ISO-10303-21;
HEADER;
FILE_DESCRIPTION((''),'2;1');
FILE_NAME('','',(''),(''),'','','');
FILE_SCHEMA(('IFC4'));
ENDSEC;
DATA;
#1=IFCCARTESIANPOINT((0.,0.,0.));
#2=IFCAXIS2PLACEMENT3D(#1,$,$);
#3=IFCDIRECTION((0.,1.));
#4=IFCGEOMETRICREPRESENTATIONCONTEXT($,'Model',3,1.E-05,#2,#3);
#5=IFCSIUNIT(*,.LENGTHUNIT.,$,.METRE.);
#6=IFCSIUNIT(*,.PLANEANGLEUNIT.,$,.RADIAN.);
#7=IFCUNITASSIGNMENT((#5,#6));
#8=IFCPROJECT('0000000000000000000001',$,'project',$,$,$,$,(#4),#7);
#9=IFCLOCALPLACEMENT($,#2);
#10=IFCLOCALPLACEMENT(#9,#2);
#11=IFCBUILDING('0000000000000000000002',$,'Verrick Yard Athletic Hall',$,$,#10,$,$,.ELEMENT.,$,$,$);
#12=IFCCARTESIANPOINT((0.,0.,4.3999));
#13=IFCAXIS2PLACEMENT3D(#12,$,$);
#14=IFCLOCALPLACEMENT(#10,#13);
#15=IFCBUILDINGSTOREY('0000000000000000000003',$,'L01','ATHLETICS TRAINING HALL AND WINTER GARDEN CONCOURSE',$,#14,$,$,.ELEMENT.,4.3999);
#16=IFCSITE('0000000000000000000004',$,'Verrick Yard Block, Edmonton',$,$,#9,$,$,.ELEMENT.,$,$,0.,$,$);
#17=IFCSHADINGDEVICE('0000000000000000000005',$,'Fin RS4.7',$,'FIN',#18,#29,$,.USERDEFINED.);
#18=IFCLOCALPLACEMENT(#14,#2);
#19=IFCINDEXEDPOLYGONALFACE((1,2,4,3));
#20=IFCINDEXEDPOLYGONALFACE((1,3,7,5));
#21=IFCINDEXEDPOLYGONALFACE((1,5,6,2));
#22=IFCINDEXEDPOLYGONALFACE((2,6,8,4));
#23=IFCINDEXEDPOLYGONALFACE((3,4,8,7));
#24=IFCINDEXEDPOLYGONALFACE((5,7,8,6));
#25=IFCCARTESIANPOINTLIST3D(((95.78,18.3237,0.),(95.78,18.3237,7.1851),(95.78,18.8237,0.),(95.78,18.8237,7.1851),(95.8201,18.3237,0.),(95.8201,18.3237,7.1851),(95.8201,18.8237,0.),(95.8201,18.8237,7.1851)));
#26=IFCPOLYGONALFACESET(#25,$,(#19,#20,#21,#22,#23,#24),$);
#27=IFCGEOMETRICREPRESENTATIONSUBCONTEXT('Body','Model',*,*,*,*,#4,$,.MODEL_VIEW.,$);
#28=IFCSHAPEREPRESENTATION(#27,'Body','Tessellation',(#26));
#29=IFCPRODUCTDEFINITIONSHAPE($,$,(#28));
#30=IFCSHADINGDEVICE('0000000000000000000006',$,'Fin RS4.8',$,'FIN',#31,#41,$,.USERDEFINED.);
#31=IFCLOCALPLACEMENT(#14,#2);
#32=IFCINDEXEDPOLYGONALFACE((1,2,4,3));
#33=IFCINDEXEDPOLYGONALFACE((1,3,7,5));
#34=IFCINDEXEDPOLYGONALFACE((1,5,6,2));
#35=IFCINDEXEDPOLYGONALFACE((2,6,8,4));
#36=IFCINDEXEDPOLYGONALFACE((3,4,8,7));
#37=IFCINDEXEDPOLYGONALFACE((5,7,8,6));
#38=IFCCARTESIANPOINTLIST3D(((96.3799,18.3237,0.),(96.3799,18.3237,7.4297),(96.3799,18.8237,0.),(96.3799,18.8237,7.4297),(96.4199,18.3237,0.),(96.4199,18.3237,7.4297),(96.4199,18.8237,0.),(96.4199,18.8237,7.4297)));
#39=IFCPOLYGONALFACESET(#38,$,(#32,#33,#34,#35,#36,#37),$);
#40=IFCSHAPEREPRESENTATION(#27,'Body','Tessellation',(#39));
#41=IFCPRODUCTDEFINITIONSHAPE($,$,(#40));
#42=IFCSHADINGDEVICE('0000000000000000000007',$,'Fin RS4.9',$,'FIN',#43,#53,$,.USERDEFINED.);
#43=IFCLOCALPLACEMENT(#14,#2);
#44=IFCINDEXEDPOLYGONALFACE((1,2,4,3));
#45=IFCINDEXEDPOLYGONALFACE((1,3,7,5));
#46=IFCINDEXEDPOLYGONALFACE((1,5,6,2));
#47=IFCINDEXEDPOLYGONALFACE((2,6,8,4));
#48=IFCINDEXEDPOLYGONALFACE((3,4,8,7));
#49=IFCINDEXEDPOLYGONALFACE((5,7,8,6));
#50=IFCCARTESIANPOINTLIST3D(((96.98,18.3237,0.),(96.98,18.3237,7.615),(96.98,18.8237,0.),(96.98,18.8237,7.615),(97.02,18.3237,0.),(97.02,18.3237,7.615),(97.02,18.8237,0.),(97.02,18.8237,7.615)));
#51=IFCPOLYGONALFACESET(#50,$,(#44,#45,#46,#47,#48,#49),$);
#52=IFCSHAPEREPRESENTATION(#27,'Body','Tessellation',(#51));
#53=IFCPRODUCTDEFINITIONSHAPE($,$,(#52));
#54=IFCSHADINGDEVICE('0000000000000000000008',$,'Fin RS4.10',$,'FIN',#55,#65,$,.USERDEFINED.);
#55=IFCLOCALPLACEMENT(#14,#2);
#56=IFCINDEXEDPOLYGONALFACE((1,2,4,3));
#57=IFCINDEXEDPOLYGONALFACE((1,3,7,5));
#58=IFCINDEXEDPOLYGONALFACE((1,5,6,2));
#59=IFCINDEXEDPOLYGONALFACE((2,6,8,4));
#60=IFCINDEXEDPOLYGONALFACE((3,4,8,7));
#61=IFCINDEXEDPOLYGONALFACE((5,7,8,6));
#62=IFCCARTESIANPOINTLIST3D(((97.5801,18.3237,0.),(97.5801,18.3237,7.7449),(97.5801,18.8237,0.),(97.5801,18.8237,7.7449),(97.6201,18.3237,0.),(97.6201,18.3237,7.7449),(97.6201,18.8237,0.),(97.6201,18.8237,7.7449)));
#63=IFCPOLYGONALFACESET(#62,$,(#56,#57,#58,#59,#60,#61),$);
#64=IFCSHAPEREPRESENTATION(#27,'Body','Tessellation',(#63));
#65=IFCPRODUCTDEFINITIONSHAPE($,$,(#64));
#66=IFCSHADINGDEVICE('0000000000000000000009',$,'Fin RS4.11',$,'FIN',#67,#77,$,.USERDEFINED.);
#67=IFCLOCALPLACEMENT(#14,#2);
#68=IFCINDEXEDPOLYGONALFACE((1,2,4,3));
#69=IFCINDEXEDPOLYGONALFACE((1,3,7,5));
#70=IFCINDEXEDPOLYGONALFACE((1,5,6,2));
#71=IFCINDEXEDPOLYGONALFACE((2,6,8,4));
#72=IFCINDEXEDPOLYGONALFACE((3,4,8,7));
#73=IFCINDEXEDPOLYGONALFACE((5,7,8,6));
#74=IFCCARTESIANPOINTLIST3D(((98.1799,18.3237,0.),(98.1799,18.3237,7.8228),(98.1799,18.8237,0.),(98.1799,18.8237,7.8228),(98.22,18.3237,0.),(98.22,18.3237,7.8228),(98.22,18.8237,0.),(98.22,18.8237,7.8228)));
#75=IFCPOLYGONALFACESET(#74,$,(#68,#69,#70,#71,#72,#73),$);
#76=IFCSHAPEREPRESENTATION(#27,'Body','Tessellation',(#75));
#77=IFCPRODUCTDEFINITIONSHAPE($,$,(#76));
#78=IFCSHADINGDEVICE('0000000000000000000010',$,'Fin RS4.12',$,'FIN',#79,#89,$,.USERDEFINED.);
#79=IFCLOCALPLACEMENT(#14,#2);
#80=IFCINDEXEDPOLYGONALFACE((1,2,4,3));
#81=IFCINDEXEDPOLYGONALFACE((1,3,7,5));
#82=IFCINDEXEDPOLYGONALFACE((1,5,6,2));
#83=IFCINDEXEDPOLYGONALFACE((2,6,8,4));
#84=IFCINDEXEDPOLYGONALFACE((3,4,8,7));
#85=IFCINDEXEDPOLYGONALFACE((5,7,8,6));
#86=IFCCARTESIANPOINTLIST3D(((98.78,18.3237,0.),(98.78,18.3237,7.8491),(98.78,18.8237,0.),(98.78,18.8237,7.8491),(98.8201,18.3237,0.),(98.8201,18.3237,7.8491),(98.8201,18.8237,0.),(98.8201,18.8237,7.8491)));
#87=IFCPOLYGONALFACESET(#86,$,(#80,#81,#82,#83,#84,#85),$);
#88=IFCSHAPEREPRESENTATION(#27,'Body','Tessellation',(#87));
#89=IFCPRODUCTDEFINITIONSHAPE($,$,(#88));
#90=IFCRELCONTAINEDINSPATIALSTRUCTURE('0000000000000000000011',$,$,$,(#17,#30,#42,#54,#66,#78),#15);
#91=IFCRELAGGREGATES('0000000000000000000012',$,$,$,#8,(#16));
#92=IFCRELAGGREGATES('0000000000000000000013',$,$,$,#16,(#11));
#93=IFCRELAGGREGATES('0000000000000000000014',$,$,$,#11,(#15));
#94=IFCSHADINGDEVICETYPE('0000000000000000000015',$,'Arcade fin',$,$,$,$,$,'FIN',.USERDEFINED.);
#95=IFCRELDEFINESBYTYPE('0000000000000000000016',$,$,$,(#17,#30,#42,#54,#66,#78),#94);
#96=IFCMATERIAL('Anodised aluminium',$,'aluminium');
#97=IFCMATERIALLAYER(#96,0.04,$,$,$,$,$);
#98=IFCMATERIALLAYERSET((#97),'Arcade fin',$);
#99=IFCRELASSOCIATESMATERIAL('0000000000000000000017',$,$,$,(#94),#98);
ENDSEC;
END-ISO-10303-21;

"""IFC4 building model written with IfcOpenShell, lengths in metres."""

from ifc_helpers import new_model, si_unit, direction, frame, origin, place, context, subcontext, project, spatial, polyline, outline, extrude, material, layer, layer_set, type_object, element, save


model = new_model("IFC4")

# Units and contexts
model_context = context("Model", 3, precision=1e-05, world=origin(), true_north=direction((0.0, 1.0)))
body_context = subcontext(model_context, "Body", "Model", "MODEL_VIEW")
ifc_project = project(units=[si_unit("LENGTHUNIT", "METRE"), si_unit("PLANEANGLEUNIT", "RADIAN")], contexts=[model_context])

# Site, building, storey
site_placement = place(None, origin())
site = spatial("IfcSite", under=ifc_project, at=site_placement, Name="Verrick Yard Block, Edmonton", CompositionType="ELEMENT", RefElevation=0.0)
building_placement = place(site_placement, origin())
building = spatial("IfcBuilding", under=site, at=building_placement, Name="Verrick Yard Athletic Hall", CompositionType="ELEMENT")
storey_placement = place(building_placement, frame((0.0, 0.0, 4.3999)))
storey = spatial("IfcBuildingStorey", under=building, at=storey_placement, Name="L01", Description="ATHLETICS TRAINING HALL AND WINTER GARDEN CONCOURSE", CompositionType="ELEMENT", Elevation=4.3999)

# Shading devices
ifc_material_1 = material(Name="Anodised aluminium", Category="aluminium")
ifc_layer_1 = layer(ifc_material_1, 0.04)
ifc_layer_set_1 = layer_set([ifc_layer_1], Name="Arcade fin")
shading_device_type = type_object("IfcShadingDeviceType", Name="Arcade fin", ElementType="FIN", PredefinedType="USERDEFINED", material=ifc_layer_set_1)
shading_device_1_placement = place(storey_placement, frame((95.8, 18.8237, 0.0), z_axis=(0.0, 0.0, 1.0), x_axis=(0.0, -1.0, 0.0)))
element("IfcShadingDevice", 1, at=shading_device_1_placement, inside=storey, type_object=shading_device_type, Name="Fin RS4.7", ObjectType="FIN", PredefinedType="USERDEFINED", context=body_context, shape_type="SweptSolid", body=[
    extrude(outline(polyline([(0.0, 0.0), (0.5, 0.0), (0.5, 7.1851), (0.0, 7.1851), (0.0, 0.0)])), frame((0.0, 0.02, 0.0), z_axis=(0.0, -1.0, 0.0), x_axis=(1.0, 0.0, 0.0)), (0.0, 0.0, 1.0), 0.04),
])
shading_device_2_placement = place(storey_placement, frame((96.3999, 18.8237, 0.0), z_axis=(0.0, 0.0, 1.0), x_axis=(0.0, -1.0, 0.0)))
element("IfcShadingDevice", 2, at=shading_device_2_placement, inside=storey, type_object=shading_device_type, Name="Fin RS4.8", ObjectType="FIN", PredefinedType="USERDEFINED", context=body_context, shape_type="SweptSolid", body=[
    extrude(outline(polyline([(0.0, 0.0), (0.5, 0.0), (0.5, 7.4297), (0.0, 7.4297), (0.0, 0.0)])), frame((0.0, 0.02, 0.0), z_axis=(0.0, -1.0, 0.0), x_axis=(1.0, 0.0, 0.0)), (0.0, 0.0, 1.0), 0.04),
])
shading_device_3_placement = place(storey_placement, frame((97.0, 18.8237, 0.0), z_axis=(0.0, 0.0, 1.0), x_axis=(0.0, -1.0, 0.0)))
element("IfcShadingDevice", 3, at=shading_device_3_placement, inside=storey, type_object=shading_device_type, Name="Fin RS4.9", ObjectType="FIN", PredefinedType="USERDEFINED", context=body_context, shape_type="SweptSolid", body=[
    extrude(outline(polyline([(0.0, 0.0), (0.5, 0.0), (0.5, 7.615), (0.0, 7.615), (0.0, 0.0)])), frame((0.0, 0.02, 0.0), z_axis=(0.0, -1.0, 0.0), x_axis=(1.0, 0.0, 0.0)), (0.0, 0.0, 1.0), 0.04),
])
shading_device_4_placement = place(storey_placement, frame((97.6001, 18.8237, 0.0), z_axis=(0.0, 0.0, 1.0), x_axis=(0.0, -1.0, 0.0)))
element("IfcShadingDevice", 4, at=shading_device_4_placement, inside=storey, type_object=shading_device_type, Name="Fin RS4.10", ObjectType="FIN", PredefinedType="USERDEFINED", context=body_context, shape_type="SweptSolid", body=[
    extrude(outline(polyline([(0.0, 0.0), (0.5, 0.0), (0.5, 7.7449), (0.0, 7.7449), (0.0, 0.0)])), frame((0.0, 0.02, 0.0), z_axis=(0.0, -1.0, 0.0), x_axis=(1.0, 0.0, 0.0)), (0.0, 0.0, 1.0), 0.04),
])
shading_device_5_placement = place(storey_placement, frame((98.2, 18.8237, 0.0), z_axis=(0.0, 0.0, 1.0), x_axis=(0.0, -1.0, 0.0)))
element("IfcShadingDevice", 5, at=shading_device_5_placement, inside=storey, type_object=shading_device_type, Name="Fin RS4.11", ObjectType="FIN", PredefinedType="USERDEFINED", context=body_context, shape_type="SweptSolid", body=[
    extrude(outline(polyline([(0.0, 0.0), (0.5, 0.0), (0.5, 7.8228), (0.0, 7.8228), (0.0, 0.0)])), frame((0.0, 0.02, 0.0), z_axis=(0.0, -1.0, 0.0), x_axis=(1.0, 0.0, 0.0)), (0.0, 0.0, 1.0), 0.04),
])
shading_device_6_placement = place(storey_placement, frame((98.8, 18.8237, 0.0), z_axis=(0.0, 0.0, 1.0), x_axis=(0.0, -1.0, 0.0)))
element("IfcShadingDevice", 6, at=shading_device_6_placement, inside=storey, type_object=shading_device_type, Name="Fin RS4.12", ObjectType="FIN", PredefinedType="USERDEFINED", context=body_context, shape_type="SweptSolid", body=[
    extrude(outline(polyline([(0.0, 0.0), (0.5, 0.0), (0.5, 7.8491), (0.0, 7.8491), (0.0, 0.0)])), frame((0.0, 0.02, 0.0), z_axis=(0.0, -1.0, 0.0), x_axis=(1.0, 0.0, 0.0)), (0.0, 0.0, 1.0), 0.04),
])

save(model, "model.ifc")
